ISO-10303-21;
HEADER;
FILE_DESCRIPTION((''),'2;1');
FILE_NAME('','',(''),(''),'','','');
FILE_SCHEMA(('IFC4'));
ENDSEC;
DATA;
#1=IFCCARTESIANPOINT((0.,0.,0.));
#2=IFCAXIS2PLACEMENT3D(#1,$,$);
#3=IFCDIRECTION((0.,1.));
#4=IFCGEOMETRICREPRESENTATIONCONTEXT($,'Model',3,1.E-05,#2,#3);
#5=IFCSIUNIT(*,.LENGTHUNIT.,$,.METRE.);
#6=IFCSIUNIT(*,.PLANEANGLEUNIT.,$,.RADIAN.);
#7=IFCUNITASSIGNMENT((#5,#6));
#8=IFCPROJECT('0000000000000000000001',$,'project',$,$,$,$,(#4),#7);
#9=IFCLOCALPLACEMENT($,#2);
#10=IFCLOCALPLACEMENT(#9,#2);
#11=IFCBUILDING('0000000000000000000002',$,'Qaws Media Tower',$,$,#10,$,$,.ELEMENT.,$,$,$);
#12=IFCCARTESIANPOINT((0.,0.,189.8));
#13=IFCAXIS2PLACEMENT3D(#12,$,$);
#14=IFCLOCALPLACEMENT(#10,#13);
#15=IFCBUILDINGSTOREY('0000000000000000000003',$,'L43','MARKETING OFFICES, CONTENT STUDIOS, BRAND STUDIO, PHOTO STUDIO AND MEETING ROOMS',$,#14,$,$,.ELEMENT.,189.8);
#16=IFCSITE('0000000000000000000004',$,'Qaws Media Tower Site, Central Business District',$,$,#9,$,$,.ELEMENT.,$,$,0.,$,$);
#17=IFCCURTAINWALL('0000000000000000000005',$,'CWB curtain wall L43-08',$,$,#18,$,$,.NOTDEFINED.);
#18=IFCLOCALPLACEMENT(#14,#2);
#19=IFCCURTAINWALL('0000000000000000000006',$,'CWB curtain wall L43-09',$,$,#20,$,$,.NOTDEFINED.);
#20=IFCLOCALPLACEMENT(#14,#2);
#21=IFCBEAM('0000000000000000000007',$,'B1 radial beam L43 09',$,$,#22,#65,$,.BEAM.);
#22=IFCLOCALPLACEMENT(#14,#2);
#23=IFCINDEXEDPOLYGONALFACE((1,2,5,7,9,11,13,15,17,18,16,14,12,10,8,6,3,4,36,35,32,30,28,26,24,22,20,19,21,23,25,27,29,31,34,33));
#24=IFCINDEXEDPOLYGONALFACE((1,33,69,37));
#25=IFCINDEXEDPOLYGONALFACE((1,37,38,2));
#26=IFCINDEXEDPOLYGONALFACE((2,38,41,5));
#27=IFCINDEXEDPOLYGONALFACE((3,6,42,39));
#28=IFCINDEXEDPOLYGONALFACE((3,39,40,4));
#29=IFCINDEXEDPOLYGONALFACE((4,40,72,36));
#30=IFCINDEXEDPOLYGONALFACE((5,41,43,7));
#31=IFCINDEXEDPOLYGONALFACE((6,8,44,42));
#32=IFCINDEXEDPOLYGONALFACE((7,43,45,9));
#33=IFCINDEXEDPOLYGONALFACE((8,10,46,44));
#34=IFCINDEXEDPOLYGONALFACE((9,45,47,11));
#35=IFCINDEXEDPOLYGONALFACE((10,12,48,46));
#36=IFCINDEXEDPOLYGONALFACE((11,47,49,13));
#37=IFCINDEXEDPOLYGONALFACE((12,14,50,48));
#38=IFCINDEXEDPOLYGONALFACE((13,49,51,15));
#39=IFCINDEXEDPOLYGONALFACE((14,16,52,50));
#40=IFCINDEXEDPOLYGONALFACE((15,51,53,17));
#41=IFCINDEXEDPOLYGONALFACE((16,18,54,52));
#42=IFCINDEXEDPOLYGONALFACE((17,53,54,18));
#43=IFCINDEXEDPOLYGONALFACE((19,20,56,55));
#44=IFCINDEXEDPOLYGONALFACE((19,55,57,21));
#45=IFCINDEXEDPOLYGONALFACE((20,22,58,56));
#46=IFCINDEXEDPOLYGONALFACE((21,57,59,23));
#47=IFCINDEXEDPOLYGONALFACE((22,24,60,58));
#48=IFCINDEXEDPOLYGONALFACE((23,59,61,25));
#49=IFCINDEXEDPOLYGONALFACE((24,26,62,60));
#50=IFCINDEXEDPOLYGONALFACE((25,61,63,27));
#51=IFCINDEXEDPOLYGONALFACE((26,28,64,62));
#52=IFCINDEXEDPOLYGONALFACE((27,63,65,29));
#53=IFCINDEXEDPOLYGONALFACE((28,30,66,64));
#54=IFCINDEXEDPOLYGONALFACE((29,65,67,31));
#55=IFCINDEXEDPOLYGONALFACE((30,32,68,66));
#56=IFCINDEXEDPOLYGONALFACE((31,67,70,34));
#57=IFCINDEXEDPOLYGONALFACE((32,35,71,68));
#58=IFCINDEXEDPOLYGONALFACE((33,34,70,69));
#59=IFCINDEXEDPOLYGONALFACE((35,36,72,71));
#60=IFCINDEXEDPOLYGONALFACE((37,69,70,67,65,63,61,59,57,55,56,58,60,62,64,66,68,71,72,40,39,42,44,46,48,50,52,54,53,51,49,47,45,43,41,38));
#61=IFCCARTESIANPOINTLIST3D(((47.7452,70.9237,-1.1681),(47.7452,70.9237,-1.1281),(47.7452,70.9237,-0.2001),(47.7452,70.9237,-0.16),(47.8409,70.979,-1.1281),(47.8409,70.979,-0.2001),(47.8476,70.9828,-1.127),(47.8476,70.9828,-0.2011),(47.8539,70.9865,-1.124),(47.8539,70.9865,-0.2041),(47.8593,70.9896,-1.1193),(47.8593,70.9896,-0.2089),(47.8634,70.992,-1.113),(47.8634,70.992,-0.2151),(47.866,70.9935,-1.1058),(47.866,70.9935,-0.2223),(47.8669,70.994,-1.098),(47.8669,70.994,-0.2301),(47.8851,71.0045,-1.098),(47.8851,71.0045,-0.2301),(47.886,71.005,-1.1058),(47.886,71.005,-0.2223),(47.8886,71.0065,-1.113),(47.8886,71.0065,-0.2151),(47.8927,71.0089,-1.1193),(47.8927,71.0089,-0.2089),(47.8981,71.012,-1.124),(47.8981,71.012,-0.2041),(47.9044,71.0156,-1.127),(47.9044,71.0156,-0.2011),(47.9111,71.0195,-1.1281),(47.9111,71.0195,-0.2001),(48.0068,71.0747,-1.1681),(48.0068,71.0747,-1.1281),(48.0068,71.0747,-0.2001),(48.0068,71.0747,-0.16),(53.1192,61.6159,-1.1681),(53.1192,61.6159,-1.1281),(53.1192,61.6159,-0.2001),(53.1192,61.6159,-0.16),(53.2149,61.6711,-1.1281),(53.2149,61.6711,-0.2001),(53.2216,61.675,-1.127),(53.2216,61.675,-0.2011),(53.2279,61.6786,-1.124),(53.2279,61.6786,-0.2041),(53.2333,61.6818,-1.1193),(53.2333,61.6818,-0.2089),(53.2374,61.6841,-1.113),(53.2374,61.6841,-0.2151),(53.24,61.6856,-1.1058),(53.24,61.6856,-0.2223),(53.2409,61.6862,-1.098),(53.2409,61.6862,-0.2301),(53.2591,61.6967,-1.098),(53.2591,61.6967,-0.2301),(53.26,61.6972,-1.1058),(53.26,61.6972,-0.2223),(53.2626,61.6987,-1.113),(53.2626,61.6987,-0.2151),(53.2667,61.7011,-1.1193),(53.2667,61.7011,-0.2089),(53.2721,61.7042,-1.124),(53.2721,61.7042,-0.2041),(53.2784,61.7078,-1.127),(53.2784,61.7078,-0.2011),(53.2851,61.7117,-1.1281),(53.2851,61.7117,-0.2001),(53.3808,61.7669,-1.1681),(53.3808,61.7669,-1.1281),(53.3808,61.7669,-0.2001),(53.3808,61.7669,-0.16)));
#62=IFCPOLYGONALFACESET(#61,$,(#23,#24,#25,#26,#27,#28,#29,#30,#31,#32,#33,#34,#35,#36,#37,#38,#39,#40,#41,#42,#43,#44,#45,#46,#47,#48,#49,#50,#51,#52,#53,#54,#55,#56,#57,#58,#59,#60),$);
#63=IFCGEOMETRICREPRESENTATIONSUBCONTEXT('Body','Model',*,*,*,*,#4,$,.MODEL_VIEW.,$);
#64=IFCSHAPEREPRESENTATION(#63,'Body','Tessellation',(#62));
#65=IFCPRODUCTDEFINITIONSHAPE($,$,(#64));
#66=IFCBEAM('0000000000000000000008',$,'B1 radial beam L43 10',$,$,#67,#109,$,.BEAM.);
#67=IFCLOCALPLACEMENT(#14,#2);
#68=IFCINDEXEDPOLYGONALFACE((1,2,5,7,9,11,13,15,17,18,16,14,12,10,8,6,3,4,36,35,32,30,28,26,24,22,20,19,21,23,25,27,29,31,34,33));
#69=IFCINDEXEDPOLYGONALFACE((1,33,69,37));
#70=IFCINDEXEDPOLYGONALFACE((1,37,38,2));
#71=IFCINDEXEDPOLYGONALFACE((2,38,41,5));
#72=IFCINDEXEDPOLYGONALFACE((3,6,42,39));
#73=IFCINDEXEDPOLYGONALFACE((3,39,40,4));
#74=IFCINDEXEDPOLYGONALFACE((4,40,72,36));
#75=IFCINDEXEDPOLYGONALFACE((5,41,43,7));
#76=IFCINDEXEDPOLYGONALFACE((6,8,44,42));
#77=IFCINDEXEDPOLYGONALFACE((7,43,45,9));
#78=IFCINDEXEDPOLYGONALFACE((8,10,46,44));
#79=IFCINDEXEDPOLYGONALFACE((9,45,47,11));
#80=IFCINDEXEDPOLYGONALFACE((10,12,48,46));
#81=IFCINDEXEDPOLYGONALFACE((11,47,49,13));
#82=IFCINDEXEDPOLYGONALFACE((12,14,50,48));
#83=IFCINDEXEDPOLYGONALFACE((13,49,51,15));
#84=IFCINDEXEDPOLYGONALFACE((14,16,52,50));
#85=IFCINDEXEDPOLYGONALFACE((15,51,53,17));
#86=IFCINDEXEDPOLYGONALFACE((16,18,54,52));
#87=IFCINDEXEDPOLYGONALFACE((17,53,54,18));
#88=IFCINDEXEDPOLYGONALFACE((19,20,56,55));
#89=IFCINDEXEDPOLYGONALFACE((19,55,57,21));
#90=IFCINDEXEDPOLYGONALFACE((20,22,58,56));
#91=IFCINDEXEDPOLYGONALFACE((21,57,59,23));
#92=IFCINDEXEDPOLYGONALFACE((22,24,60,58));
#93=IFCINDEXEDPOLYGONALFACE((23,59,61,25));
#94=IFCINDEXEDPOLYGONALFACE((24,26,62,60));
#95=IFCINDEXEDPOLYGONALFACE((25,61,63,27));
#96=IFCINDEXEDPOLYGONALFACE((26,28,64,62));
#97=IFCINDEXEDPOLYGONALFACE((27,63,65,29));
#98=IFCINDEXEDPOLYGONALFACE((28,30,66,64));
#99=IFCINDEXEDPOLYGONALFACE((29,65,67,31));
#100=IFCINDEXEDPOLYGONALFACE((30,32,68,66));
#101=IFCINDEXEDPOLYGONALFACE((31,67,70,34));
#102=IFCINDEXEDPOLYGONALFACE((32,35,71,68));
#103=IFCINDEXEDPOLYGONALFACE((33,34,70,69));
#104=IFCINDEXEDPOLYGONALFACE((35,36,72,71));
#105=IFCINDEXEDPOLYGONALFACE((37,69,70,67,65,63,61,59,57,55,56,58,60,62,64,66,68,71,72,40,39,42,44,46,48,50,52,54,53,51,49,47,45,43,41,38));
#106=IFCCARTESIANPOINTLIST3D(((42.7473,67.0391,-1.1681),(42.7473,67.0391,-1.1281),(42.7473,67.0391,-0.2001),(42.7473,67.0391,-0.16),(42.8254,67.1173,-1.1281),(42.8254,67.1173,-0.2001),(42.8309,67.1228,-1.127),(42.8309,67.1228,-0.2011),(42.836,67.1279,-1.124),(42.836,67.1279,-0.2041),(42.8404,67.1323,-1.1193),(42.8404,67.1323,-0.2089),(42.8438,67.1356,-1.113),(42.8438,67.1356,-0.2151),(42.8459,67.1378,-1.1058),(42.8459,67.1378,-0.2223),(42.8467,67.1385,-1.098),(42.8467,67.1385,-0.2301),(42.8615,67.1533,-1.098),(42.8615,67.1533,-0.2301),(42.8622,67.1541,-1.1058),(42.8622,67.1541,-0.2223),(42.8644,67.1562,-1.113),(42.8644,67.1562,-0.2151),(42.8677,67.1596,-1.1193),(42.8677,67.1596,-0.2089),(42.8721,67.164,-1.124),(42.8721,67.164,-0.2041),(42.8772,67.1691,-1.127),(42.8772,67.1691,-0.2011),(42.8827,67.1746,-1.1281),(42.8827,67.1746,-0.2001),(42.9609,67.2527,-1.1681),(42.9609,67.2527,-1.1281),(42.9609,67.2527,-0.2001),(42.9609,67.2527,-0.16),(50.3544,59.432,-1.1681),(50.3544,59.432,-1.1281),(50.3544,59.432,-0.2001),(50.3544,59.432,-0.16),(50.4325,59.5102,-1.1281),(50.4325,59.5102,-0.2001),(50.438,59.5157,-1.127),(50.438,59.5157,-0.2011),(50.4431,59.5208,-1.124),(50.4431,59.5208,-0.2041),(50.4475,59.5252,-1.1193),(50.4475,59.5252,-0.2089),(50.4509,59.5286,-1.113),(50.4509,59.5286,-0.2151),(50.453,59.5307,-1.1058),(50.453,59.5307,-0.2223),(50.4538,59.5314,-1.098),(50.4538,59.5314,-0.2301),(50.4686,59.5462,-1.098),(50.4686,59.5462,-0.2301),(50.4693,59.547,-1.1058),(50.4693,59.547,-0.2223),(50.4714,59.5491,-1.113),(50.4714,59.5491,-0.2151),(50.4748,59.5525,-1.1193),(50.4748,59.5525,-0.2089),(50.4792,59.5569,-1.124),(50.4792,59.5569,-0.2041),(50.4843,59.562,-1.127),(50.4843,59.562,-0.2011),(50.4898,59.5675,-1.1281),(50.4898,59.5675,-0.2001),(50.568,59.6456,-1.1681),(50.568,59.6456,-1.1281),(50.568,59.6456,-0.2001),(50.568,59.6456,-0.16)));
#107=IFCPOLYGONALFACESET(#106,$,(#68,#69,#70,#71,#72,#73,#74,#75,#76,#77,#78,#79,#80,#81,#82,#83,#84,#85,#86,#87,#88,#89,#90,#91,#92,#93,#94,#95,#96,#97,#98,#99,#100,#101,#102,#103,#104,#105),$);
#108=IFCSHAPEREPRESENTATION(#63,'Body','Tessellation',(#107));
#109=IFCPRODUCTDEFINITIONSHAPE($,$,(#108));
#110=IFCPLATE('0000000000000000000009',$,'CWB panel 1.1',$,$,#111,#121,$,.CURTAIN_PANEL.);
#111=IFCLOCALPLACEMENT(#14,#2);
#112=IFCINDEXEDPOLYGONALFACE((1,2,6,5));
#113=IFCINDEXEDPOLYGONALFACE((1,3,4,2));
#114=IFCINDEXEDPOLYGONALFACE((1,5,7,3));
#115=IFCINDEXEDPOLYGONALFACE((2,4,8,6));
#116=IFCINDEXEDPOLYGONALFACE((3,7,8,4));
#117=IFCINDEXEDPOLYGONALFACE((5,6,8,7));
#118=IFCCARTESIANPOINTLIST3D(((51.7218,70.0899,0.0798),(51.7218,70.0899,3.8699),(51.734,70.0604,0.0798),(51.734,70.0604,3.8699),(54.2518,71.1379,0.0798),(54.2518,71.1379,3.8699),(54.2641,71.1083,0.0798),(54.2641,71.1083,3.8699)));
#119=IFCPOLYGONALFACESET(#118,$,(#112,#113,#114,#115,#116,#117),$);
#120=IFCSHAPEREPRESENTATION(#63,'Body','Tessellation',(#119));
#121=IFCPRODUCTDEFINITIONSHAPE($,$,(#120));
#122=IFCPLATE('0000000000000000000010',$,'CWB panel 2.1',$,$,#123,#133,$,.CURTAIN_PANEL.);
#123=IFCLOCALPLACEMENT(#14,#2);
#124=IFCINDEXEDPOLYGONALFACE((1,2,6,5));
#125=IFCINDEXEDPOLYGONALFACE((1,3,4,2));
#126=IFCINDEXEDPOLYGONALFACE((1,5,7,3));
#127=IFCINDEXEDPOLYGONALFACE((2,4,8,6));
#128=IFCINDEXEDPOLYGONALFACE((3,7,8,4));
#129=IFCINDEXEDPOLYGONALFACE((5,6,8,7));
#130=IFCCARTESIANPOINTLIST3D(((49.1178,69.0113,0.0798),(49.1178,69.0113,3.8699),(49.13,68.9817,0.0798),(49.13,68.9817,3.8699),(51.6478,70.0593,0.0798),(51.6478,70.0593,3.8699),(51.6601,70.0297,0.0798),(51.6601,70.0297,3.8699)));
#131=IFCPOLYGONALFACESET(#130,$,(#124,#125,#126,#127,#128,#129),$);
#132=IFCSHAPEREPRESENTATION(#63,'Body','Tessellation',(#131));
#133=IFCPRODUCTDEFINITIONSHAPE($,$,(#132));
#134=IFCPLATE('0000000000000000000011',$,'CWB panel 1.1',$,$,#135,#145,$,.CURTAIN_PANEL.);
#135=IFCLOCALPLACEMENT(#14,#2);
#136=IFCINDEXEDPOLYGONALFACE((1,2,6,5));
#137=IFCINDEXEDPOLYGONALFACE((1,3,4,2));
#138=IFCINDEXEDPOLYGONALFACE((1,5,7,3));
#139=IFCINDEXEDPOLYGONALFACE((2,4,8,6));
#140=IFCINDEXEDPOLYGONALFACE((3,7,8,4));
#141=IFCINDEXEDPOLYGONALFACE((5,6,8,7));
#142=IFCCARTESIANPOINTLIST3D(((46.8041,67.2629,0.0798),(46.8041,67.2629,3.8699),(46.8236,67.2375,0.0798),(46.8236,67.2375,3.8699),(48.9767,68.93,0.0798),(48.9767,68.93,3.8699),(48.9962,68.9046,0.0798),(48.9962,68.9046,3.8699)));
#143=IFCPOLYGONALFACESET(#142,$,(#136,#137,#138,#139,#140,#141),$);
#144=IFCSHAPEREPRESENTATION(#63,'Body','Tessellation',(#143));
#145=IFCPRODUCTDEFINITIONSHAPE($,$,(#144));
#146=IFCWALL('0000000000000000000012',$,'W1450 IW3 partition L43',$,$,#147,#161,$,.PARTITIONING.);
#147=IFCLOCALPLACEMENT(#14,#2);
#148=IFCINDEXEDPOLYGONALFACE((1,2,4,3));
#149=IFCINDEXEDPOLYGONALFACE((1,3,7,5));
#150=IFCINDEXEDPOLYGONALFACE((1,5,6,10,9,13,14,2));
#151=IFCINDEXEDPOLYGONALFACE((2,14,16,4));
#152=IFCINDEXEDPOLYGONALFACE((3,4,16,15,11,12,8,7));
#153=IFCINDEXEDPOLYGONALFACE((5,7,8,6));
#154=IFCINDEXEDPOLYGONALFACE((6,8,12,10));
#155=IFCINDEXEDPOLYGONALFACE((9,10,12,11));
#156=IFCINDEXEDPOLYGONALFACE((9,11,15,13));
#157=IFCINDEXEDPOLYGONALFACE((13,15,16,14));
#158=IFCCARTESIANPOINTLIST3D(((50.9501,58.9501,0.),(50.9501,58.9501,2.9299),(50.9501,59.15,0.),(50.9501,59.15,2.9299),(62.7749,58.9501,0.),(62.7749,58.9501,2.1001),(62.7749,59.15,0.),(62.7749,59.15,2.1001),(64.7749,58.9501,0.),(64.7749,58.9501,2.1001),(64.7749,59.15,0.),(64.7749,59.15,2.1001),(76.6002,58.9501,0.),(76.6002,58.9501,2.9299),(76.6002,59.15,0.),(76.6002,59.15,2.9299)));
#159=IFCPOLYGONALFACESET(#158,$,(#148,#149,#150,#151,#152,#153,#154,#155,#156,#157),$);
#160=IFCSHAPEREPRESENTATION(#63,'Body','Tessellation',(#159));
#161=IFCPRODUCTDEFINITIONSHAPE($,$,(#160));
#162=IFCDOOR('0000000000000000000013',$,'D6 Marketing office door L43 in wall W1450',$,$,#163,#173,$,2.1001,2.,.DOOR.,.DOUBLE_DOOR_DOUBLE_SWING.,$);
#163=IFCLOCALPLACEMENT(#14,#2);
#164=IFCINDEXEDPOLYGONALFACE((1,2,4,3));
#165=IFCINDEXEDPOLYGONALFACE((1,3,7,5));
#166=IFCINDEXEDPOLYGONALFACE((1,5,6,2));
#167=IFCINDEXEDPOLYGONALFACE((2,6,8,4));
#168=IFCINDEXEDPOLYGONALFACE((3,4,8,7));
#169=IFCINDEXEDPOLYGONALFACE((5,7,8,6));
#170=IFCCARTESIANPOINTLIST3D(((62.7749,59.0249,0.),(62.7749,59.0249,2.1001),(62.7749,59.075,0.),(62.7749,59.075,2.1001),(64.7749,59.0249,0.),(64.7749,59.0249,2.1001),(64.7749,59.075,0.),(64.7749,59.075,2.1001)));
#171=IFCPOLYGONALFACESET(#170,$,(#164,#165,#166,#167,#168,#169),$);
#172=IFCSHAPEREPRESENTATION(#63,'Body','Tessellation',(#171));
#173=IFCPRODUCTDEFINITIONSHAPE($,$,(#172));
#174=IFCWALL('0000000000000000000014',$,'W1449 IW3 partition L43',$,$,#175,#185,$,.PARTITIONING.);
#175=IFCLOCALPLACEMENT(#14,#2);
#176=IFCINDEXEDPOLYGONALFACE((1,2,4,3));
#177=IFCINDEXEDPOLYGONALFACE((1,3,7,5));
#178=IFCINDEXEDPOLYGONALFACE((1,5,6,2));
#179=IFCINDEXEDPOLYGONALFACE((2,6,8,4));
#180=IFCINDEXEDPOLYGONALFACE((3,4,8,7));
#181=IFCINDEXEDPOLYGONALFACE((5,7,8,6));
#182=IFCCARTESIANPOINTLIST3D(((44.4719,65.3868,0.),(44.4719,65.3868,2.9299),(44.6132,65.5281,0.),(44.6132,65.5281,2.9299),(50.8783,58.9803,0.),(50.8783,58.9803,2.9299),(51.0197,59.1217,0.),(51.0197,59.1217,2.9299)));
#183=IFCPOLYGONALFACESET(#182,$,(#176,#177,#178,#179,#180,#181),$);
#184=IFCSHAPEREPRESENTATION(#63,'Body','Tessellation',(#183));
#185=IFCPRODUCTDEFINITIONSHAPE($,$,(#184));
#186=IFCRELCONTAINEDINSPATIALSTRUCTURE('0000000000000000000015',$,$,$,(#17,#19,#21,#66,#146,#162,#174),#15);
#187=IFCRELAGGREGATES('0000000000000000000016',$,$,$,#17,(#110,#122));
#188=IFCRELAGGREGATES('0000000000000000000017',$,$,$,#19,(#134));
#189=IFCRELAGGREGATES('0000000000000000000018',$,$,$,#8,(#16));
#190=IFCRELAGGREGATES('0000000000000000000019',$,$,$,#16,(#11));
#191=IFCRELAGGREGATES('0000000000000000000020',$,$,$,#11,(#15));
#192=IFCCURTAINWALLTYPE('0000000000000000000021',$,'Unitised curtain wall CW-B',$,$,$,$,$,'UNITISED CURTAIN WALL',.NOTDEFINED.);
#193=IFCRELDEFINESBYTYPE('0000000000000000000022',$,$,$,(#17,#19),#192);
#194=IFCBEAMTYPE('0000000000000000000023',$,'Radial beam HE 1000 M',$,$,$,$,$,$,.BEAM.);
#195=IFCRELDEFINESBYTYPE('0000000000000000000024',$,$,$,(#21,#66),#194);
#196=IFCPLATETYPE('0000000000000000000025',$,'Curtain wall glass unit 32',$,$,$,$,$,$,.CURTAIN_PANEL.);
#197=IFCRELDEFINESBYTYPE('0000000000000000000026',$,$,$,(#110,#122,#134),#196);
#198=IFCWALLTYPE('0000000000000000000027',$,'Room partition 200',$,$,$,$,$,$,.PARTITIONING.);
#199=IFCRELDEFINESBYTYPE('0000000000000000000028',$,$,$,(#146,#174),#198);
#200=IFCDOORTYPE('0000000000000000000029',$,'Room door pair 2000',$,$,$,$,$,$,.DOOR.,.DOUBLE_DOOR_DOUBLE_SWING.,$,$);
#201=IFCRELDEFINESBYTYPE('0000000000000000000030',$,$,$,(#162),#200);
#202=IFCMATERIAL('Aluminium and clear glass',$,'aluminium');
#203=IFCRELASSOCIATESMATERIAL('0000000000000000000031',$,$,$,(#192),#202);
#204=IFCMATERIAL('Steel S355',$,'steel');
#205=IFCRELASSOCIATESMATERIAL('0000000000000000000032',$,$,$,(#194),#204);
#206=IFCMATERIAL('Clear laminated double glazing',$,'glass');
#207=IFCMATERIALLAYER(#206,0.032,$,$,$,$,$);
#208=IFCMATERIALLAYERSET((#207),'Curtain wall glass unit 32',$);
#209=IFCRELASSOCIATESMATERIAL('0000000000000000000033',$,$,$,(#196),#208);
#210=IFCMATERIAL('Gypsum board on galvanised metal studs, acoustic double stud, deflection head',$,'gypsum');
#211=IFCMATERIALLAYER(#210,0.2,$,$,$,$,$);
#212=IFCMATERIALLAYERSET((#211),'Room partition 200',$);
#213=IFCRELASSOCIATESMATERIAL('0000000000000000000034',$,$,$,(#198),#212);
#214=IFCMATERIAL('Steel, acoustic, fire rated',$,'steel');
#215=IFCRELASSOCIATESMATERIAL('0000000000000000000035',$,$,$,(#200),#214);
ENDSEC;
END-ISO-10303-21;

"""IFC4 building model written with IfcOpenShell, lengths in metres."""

from ifc_helpers import new_model, si_unit, direction, frame, frame_2d, origin, origin_2d, place, context, subcontext, project, spatial, rectangle, i_section, extrude, material, layer, layer_set, material_profile, profile_set, type_object, element, fill, aggregate, save


model = new_model("IFC4")

# Units and contexts
model_context = context("Model", 3, precision=1e-05, world=origin(), true_north=direction((0.0, 1.0)))
body_context = subcontext(model_context, "Body", "Model", "MODEL_VIEW")
ifc_project = project(units=[si_unit("LENGTHUNIT", "METRE"), si_unit("PLANEANGLEUNIT", "RADIAN")], contexts=[model_context])

# Site, building, storey
site_placement = place(None, origin())
site = spatial("IfcSite", under=ifc_project, at=site_placement, Name="Qaws Media Tower Site, Central Business District", CompositionType="ELEMENT", RefElevation=0.0)
building_placement = place(site_placement, origin())
building = spatial("IfcBuilding", under=site, at=building_placement, Name="Qaws Media Tower", CompositionType="ELEMENT")
storey_placement = place(building_placement, frame((0.0, 0.0, 189.8)))
storey = spatial("IfcBuildingStorey", under=building, at=storey_placement, Name="L43", Description="MARKETING OFFICES, CONTENT STUDIOS, BRAND STUDIO, PHOTO STUDIO AND MEETING ROOMS", CompositionType="ELEMENT", Elevation=189.8)

# Curtain walls
ifc_material_1 = material(Name="Aluminium and clear glass", Category="aluminium")
curtain_wall_type = type_object("IfcCurtainWallType", Name="Unitised curtain wall CW-B", ElementType="UNITISED CURTAIN WALL", PredefinedType="NOTDEFINED", material=ifc_material_1)
curtain_wall_1_placement = place(storey_placement, origin())
curtain_wall_1 = element("IfcCurtainWall", 1, at=curtain_wall_1_placement, inside=storey, type_object=curtain_wall_type, Name="CWB curtain wall L43-08", PredefinedType="NOTDEFINED")
curtain_wall_2_placement = place(storey_placement, origin())
curtain_wall_2 = element("IfcCurtainWall", 2, at=curtain_wall_2_placement, inside=storey, type_object=curtain_wall_type, Name="CWB curtain wall L43-09", PredefinedType="NOTDEFINED")

# Beams
ifc_material_2 = material(Name="Steel S355", Category="steel")
ifc_material_profile_1 = material_profile(ifc_material_2, i_section(OverallWidth=0.302, OverallDepth=1.0081, WebThickness=0.021, FlangeThickness=0.04, FilletRadius=0.03, at=origin_2d()), Name="HE 1000 M")
ifc_profile_set_1 = profile_set([ifc_material_profile_1], Name="Steel S355")
beam_type_1 = type_object("IfcBeamType", Name="Radial beam HE 1000 M", PredefinedType="BEAM", material=ifc_profile_set_1)
beam_1_placement = place(storey_placement, frame((53.25, 61.6914, -0.6641), z_axis=(-0.500009, 0.86602, 0.0), x_axis=(-0.86602, -0.500009, 0.0)))
element("IfcBeam", 3, at=beam_1_placement, inside=storey, type_object=beam_type_1, Name="B1 radial beam L43 09", PredefinedType="BEAM", context=body_context, shape_type="SweptSolid", body=[
    extrude(i_section(OverallWidth=0.302, OverallDepth=1.0081, WebThickness=0.021, FlangeThickness=0.04, FilletRadius=0.03, at=origin_2d()), origin(), (0.0, 0.0, 1.0), 10.7478),
])
beam_2_placement = place(storey_placement, frame((50.4612, 59.5388, -0.6641), z_axis=(-0.707107, 0.707107, 0.0), x_axis=(-0.707107, -0.707107, 0.0)))
element("IfcBeam", 4, at=beam_2_placement, inside=storey, type_object=beam_type_1, Name="B1 radial beam L43 10", PredefinedType="BEAM", context=body_context, shape_type="SweptSolid", body=[
    extrude(i_section(OverallWidth=0.302, OverallDepth=1.0081, WebThickness=0.021, FlangeThickness=0.04, FilletRadius=0.03, at=origin_2d()), origin(), (0.0, 0.0, 1.0), 10.7581),
])

# Plates
ifc_material_3 = material(Name="Clear laminated double glazing", Category="glass")
ifc_layer_1 = layer(ifc_material_3, 0.032)
ifc_layer_set_1 = layer_set([ifc_layer_1], Name="Curtain wall glass unit 32")
plate_type = type_object("IfcPlateType", Name="Curtain wall glass unit 32", PredefinedType="CURTAIN_PANEL", material=ifc_layer_set_1)
plate_1_placement = place(storey_placement, frame((52.9929, 70.5991, 0.0798), z_axis=(0.0, 0.0, 1.0), x_axis=(-0.923879, -0.382684, 0.0)))
plate_1 = element("IfcPlate", 5, at=plate_1_placement, type_object=plate_type, Name="CWB panel 1.1", PredefinedType="CURTAIN_PANEL", context=body_context, shape_type="SweptSolid", body=[
    extrude(rectangle(XDim=2.7385, YDim=0.032, at=origin_2d()), origin(), (0.0, 0.0, 1.0), 3.79),
])
plate_2_placement = place(storey_placement, frame((50.3889, 69.5205, 0.0798), z_axis=(0.0, 0.0, 1.0), x_axis=(-0.923879, -0.382684, 0.0)))
plate_2 = element("IfcPlate", 6, at=plate_2_placement, type_object=plate_type, Name="CWB panel 2.1", PredefinedType="CURTAIN_PANEL", context=body_context, shape_type="SweptSolid", body=[
    extrude(rectangle(XDim=2.7385, YDim=0.032, at=origin_2d()), origin(), (0.0, 0.0, 1.0), 3.79),
])
aggregate(curtain_wall_1, [plate_1, plate_2])
plate_3_placement = place(storey_placement, frame((47.9001, 68.0837, 0.0798), z_axis=(0.0, 0.0, 1.0), x_axis=(-0.793353, -0.608761, 0.0)))
plate_3 = element("IfcPlate", 7, at=plate_3_placement, type_object=plate_type, Name="CWB panel 1.1", PredefinedType="CURTAIN_PANEL", context=body_context, shape_type="SweptSolid", body=[
    extrude(rectangle(XDim=2.7385, YDim=0.032, at=origin_2d()), origin(), (0.0, 0.0, 1.0), 3.79),
])
aggregate(curtain_wall_2, [plate_3])

# Wall, opening, door
ifc_material_4 = material(Name="Gypsum board on galvanised metal studs, acoustic double stud, deflection head", Category="gypsum")
ifc_layer_2 = layer(ifc_material_4, 0.2)
ifc_layer_set_2 = layer_set([ifc_layer_2], Name="Room partition 200")
wall_type = type_object("IfcWallType", Name="Room partition 200", PredefinedType="PARTITIONING", material=ifc_layer_set_2)
wall_1_placement = place(storey_placement, frame((50.95, 59.05, 0.0), z_axis=(0.0, 0.0, 1.0), x_axis=(1.0, 0.0, 0.0)))
wall_1 = element("IfcWall", 8, at=wall_1_placement, inside=storey, type_object=wall_type, Name="W1450 IW3 partition L43", PredefinedType="PARTITIONING", context=body_context, shape_type="SweptSolid", body=[
    extrude(rectangle(XDim=25.6501, YDim=0.2, at=frame_2d((12.8252, 0.0))), origin(), (0.0, 0.0, 1.0), 2.9299),
])
opening_placement = place(wall_1_placement, frame((11.825, 0.0, 0.0)))
opening = element("IfcOpeningElement", 9, at=opening_placement, cuts=wall_1, PredefinedType="OPENING", context=body_context, shape_type="SweptSolid", body=[
    extrude(rectangle(XDim=2.0, YDim=2.1001, at=frame_2d((1.0, 1.05))), frame((0.0, 0.1099, 0.0), z_axis=(0.0, -1.0, 0.0), x_axis=(1.0, 0.0, 0.0)), (0.0, 0.0, 1.0), 0.22),
])
ifc_material_5 = material(Name="Steel, acoustic, fire rated", Category="steel")
door_type = type_object("IfcDoorType", Name="Room door pair 2000", OperationType="DOUBLE_DOOR_DOUBLE_SWING", PredefinedType="DOOR", material=ifc_material_5)
door_placement = place(opening_placement, origin())
door = element("IfcDoor", 10, at=door_placement, inside=storey, type_object=door_type, Name="D6 Marketing office door L43 in wall W1450", OperationType="DOUBLE_DOOR_DOUBLE_SWING", OverallHeight=2.1001, OverallWidth=2.0, PredefinedType="DOOR", context=body_context, shape_type="SweptSolid", body=[
    extrude(rectangle(XDim=2.0, YDim=2.1001, at=frame_2d((1.0, 1.05))), frame((0.0, 0.0249, 0.0), z_axis=(0.0, -1.0, 0.0), x_axis=(1.0, 0.0, 0.0)), (0.0, 0.0, 1.0), 0.05),
])
fill(opening, door)

# Wall
wall_2_placement = place(storey_placement, frame((50.949, 59.051, 0.0), z_axis=(0.0, 0.0, 1.0), x_axis=(-0.707107, 0.707107, 0.0)))
element("IfcWall", 11, at=wall_2_placement, inside=storey, type_object=wall_type, Name="W1449 IW3 partition L43", PredefinedType="PARTITIONING", context=body_context, shape_type="SweptSolid", body=[
    extrude(rectangle(XDim=9.0601, YDim=0.2, at=frame_2d((4.53, 0.0))), origin(), (0.0, 0.0, 1.0), 2.9299),
])

save(model, "model.ifc")
